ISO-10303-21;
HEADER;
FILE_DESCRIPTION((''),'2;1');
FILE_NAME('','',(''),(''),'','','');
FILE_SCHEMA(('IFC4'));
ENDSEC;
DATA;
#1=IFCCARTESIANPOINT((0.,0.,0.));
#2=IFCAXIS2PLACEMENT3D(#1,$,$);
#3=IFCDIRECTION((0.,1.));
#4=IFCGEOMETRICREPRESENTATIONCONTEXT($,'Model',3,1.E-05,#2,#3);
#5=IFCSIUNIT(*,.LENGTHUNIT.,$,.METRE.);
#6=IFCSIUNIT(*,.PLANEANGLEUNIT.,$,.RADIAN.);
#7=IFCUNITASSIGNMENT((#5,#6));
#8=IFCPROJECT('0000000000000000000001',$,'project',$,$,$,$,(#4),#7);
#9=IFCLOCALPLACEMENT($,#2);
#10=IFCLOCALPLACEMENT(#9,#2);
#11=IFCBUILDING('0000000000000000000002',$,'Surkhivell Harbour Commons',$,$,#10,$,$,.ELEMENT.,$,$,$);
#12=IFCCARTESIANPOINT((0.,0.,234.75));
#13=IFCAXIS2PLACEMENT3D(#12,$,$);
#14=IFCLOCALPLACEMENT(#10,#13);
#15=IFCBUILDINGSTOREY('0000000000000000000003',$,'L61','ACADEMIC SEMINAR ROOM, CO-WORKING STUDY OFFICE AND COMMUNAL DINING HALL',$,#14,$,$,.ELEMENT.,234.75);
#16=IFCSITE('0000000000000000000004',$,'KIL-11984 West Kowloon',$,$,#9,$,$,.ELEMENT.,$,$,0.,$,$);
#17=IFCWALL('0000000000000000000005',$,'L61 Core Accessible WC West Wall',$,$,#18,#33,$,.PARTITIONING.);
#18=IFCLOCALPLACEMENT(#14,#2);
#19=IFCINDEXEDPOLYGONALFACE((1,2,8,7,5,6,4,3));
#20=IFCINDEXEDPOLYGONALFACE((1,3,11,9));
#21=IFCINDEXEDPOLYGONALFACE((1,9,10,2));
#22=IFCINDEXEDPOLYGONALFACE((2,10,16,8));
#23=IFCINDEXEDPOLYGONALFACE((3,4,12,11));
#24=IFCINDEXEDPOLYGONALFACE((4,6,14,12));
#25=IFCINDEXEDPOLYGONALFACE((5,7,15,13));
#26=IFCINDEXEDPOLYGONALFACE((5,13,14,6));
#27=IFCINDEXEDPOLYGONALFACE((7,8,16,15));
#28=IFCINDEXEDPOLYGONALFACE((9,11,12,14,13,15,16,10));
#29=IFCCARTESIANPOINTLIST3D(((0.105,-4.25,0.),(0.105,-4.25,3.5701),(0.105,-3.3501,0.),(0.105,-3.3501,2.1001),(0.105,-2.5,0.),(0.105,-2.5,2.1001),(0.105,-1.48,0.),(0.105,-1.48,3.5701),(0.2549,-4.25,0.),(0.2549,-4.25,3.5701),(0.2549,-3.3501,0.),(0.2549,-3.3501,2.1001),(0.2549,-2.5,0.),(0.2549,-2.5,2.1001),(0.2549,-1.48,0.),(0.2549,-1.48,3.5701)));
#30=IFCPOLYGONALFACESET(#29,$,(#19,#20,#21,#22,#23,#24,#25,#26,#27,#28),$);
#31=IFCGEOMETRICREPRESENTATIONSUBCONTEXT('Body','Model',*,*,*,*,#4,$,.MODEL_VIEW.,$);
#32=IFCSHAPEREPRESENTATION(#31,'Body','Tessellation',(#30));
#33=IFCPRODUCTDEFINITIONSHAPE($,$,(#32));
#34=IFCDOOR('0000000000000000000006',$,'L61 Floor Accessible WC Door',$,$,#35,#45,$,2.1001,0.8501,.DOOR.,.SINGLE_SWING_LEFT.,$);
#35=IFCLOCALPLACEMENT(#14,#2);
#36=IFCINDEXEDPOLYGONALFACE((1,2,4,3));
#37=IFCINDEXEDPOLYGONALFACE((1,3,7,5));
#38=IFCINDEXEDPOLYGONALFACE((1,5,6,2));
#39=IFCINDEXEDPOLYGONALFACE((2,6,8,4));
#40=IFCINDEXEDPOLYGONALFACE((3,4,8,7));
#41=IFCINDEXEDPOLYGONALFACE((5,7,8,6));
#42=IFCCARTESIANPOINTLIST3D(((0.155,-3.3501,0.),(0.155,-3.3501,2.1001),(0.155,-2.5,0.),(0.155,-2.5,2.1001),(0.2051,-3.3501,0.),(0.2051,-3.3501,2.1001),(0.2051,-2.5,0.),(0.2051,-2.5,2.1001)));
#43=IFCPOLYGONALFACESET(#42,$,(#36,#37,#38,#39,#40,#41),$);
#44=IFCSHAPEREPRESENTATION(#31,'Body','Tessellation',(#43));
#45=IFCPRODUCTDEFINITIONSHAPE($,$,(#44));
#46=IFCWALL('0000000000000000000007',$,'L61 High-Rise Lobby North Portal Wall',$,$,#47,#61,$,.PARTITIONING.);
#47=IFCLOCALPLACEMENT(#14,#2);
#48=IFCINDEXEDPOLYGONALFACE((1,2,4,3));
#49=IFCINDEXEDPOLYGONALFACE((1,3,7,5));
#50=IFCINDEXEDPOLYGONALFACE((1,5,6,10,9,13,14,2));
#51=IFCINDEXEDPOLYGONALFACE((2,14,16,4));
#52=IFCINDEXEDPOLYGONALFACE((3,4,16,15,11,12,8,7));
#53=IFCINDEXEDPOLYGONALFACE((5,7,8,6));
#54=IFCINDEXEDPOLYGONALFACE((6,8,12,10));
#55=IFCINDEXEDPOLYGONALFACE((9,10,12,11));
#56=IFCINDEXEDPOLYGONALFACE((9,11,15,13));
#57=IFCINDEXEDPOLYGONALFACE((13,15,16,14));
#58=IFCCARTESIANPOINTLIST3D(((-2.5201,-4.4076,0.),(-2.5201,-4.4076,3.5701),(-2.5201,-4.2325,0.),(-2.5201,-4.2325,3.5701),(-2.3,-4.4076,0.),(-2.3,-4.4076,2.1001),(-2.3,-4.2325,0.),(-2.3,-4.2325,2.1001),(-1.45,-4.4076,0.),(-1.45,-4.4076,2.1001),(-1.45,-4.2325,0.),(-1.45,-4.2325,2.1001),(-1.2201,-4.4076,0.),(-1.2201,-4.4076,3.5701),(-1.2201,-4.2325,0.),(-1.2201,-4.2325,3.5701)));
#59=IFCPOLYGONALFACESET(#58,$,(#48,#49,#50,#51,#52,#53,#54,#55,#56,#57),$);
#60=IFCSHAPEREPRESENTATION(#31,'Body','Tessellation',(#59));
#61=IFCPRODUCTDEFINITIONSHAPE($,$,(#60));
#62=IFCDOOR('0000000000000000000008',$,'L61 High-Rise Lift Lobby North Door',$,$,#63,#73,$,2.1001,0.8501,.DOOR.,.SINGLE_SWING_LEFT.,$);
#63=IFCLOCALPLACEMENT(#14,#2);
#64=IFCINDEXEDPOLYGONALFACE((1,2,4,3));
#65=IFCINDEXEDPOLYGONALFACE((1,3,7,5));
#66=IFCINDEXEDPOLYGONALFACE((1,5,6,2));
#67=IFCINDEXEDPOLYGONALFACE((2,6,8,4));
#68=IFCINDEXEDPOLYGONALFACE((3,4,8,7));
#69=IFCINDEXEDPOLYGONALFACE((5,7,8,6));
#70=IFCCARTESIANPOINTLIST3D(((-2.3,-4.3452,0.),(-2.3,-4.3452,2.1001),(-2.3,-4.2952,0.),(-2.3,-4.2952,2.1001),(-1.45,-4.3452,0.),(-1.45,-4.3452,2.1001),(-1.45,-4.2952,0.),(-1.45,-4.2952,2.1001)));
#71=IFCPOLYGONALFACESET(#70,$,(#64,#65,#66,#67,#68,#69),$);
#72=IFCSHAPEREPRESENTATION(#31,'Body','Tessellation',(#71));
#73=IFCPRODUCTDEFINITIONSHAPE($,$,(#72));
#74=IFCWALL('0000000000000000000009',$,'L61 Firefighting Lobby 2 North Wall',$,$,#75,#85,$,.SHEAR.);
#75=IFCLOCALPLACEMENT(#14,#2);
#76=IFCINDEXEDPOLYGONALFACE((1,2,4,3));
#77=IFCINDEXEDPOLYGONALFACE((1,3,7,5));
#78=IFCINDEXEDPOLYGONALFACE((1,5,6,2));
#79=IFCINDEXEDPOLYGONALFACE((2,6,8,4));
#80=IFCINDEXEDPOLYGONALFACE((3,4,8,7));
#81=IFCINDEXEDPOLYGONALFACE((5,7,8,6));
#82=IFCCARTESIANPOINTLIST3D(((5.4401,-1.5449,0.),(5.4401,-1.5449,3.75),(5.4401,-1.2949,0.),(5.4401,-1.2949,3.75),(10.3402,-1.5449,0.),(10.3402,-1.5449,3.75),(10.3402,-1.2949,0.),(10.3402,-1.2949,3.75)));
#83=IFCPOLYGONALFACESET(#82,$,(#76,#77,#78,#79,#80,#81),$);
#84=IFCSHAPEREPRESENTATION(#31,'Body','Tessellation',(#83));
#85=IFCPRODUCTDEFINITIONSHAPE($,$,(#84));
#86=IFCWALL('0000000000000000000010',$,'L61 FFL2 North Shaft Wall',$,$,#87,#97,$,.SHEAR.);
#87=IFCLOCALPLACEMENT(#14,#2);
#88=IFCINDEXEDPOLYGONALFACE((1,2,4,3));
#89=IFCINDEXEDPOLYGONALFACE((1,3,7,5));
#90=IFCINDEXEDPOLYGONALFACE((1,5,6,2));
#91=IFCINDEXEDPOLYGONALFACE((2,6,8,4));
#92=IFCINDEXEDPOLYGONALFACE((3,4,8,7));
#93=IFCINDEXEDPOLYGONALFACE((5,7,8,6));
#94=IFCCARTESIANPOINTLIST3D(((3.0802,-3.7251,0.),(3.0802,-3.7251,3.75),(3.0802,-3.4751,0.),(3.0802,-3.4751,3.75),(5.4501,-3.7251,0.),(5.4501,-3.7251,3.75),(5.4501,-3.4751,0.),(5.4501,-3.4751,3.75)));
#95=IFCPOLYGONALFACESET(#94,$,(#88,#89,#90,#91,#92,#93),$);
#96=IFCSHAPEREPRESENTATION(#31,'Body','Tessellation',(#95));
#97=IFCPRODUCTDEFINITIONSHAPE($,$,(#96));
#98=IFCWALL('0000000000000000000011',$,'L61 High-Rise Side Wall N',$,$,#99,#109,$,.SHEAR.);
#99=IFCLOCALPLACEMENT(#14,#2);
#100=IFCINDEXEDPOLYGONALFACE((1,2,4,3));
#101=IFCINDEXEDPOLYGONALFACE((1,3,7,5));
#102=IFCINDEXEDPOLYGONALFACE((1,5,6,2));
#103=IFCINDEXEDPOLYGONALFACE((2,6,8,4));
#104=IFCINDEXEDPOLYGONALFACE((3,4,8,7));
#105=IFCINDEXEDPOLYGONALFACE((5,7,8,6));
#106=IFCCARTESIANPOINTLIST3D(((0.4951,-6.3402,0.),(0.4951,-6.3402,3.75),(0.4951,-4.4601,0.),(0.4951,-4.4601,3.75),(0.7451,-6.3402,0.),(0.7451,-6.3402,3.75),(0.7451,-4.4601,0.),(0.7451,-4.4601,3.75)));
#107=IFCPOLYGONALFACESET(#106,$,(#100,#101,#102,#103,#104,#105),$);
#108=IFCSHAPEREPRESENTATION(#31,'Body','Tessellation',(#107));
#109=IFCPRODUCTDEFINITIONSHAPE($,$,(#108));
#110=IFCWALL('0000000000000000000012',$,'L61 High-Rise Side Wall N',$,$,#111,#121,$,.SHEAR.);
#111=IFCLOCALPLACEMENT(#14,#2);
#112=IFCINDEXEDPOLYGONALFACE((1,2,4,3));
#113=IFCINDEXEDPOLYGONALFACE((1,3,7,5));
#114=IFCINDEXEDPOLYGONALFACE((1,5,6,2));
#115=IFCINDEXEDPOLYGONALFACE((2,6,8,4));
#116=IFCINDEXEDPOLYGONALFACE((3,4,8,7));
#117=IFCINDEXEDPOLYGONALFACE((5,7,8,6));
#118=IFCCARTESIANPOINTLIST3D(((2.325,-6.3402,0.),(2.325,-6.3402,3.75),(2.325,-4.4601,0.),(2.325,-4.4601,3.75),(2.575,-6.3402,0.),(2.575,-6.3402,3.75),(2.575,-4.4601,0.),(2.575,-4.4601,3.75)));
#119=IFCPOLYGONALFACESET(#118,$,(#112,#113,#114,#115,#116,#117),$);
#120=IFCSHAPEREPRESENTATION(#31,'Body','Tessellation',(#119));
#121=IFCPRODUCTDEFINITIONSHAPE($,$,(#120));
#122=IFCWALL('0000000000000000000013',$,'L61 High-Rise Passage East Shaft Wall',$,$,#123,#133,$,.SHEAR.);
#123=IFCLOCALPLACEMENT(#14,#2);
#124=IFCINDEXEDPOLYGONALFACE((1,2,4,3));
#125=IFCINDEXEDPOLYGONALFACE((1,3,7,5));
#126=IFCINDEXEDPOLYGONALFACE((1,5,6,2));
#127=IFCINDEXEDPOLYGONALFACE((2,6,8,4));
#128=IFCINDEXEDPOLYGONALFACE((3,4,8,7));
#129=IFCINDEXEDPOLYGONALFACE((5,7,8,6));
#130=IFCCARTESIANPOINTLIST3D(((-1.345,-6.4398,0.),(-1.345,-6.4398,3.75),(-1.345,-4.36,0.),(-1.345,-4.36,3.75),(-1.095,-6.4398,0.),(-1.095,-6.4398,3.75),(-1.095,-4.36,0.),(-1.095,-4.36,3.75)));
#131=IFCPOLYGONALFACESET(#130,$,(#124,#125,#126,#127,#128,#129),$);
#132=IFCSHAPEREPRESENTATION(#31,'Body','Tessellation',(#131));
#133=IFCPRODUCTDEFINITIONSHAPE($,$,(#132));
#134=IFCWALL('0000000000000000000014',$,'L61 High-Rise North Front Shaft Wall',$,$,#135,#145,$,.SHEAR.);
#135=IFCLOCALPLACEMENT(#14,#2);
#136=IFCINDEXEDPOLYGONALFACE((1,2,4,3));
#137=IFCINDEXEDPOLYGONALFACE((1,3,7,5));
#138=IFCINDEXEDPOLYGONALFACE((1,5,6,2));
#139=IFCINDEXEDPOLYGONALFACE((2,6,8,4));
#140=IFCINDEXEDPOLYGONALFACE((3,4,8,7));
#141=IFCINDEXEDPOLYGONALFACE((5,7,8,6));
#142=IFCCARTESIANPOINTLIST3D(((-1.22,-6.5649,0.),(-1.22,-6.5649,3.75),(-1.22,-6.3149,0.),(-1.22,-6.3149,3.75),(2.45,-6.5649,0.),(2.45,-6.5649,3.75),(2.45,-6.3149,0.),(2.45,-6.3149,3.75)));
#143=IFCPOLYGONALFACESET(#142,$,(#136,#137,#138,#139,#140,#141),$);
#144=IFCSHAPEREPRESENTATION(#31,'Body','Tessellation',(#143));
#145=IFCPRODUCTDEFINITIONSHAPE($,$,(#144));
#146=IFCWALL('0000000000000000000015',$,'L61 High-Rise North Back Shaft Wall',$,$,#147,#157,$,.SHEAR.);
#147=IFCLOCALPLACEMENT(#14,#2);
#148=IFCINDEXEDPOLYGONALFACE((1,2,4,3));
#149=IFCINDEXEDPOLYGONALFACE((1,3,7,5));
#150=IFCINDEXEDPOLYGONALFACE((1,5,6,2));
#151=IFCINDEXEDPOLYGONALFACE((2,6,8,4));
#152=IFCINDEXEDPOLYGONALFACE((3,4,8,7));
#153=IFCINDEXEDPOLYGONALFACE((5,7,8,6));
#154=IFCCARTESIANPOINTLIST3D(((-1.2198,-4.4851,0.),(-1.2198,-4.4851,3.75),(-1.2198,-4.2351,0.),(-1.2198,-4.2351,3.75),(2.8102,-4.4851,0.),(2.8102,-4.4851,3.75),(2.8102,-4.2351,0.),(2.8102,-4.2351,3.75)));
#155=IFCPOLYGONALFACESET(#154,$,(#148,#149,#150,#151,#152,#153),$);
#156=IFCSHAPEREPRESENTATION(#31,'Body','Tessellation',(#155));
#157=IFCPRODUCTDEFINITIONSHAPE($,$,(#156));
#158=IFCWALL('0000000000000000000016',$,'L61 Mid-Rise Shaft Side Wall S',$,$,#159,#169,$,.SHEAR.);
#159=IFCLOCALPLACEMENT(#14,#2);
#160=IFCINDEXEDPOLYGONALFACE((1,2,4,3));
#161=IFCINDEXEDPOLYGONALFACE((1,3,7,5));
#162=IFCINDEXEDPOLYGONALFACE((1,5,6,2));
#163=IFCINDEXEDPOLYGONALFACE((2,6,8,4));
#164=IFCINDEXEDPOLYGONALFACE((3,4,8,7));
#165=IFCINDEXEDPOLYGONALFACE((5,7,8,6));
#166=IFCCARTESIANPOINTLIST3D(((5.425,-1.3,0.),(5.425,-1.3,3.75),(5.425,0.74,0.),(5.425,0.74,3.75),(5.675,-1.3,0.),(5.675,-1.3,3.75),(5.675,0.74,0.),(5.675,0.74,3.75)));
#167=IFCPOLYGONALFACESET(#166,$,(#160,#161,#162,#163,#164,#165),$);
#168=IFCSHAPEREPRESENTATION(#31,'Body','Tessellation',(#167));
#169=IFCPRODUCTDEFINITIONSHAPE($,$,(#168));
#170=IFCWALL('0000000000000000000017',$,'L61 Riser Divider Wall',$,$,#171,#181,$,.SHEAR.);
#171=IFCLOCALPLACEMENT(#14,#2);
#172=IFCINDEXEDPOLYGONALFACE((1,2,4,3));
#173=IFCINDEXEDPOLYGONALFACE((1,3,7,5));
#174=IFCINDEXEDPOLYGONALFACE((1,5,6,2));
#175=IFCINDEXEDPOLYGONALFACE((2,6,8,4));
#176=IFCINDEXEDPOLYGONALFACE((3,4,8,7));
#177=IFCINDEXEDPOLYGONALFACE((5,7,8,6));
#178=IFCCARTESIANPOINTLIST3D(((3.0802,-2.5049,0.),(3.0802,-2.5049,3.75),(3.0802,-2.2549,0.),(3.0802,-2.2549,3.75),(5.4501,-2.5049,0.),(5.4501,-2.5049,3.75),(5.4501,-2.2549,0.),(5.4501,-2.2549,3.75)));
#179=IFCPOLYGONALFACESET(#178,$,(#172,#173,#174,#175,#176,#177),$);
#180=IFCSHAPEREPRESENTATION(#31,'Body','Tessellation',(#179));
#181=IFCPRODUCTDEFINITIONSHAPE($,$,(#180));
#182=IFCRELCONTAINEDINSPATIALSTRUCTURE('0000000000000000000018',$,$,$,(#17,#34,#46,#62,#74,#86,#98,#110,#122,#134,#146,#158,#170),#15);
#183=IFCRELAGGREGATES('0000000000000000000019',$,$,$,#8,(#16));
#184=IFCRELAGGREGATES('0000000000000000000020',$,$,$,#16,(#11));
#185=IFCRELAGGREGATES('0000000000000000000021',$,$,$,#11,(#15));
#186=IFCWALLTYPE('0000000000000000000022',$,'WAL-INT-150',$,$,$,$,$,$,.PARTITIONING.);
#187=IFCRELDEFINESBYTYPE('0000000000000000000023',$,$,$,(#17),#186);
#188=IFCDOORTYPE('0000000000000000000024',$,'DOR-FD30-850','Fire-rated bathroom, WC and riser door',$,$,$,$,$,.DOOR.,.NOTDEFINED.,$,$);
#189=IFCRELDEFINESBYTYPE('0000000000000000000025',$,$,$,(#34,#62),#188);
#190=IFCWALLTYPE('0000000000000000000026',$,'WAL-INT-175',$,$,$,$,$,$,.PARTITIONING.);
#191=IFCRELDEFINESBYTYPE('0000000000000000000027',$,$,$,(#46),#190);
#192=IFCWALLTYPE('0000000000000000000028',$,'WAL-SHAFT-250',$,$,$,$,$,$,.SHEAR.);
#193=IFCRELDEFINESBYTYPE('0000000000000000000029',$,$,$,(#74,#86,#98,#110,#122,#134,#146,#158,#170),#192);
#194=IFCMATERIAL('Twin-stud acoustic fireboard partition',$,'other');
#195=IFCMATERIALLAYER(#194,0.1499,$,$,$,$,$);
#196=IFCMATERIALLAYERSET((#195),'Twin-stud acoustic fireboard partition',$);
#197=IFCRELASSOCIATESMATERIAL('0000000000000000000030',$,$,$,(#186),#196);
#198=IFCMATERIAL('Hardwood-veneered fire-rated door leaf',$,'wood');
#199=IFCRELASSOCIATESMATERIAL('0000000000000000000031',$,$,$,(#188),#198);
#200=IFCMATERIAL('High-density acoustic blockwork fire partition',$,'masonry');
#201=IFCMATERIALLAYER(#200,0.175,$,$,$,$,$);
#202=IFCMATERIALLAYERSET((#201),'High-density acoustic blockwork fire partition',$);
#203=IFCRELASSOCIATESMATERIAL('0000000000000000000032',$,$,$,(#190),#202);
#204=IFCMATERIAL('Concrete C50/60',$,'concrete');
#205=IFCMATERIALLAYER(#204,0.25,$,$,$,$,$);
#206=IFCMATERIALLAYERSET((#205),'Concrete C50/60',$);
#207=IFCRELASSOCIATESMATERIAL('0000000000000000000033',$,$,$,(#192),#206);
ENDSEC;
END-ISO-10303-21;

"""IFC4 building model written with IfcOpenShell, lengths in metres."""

from ifc_helpers import new_model, si_unit, direction, frame, frame_2d, origin, place, context, subcontext, project, spatial, rectangle, extrude, material, layer, layer_set, type_object, element, fill, save


model = new_model("IFC4")

# Units and contexts
model_context = context("Model", 3, precision=1e-05, world=origin(), true_north=direction((0.0, 1.0)))
body_context = subcontext(model_context, "Body", "Model", "MODEL_VIEW")
ifc_project = project(units=[si_unit("LENGTHUNIT", "METRE"), si_unit("PLANEANGLEUNIT", "RADIAN")], contexts=[model_context])

# Site, building, storey
site_placement = place(None, origin())
site = spatial("IfcSite", under=ifc_project, at=site_placement, Name="KIL-11984 West Kowloon", CompositionType="ELEMENT", RefElevation=0.0)
building_placement = place(site_placement, origin())
building = spatial("IfcBuilding", under=site, at=building_placement, Name="Surkhivell Harbour Commons", CompositionType="ELEMENT")
storey_placement = place(building_placement, frame((0.0, 0.0, 234.75)))
storey = spatial("IfcBuildingStorey", under=building, at=storey_placement, Name="L61", Description="ACADEMIC SEMINAR ROOM, CO-WORKING STUDY OFFICE AND COMMUNAL DINING HALL", CompositionType="ELEMENT", Elevation=234.75)

# Shared definitions
ifc_material_1 = material(Name="Twin-stud acoustic fireboard partition", Category="other")
ifc_layer_1 = layer(ifc_material_1, 0.1499)
ifc_layer_set_1 = layer_set([ifc_layer_1], Name="Twin-stud acoustic fireboard partition")
wall_type_1 = type_object("IfcWallType", Name="WAL-INT-150", PredefinedType="PARTITIONING", material=ifc_layer_set_1)

# Walls, openings, doors
wall_1_placement = place(storey_placement, frame((0.1799, -4.25, 0.0), z_axis=(0.0, 0.0, 1.0), x_axis=(0.0, 1.0, 0.0)))
wall_1 = element("IfcWall", 1, at=wall_1_placement, inside=storey, type_object=wall_type_1, Name="L61 Core Accessible WC West Wall", PredefinedType="PARTITIONING", context=body_context, shape_type="SweptSolid", body=[
    extrude(rectangle(XDim=2.77, YDim=0.1499, at=frame_2d((1.385, 0.0))), origin(), (0.0, 0.0, 1.0), 3.5701),
])
opening_1_placement = place(wall_1_placement, frame((0.8999, 0.0, 0.0)))
opening_1 = element("IfcOpeningElement", 2, at=opening_1_placement, cuts=wall_1, PredefinedType="OPENING", context=body_context, shape_type="SweptSolid", body=[
    extrude(rectangle(XDim=0.8501, YDim=2.1001, at=frame_2d((0.425, 1.05))), frame((0.0, 0.085, 0.0), z_axis=(0.0, -1.0, 0.0), x_axis=(1.0, 0.0, 0.0)), (0.0, 0.0, 1.0), 0.1699),
])
ifc_material_2 = material(Name="Hardwood-veneered fire-rated door leaf", Category="wood")
door_type = type_object("IfcDoorType", Name="DOR-FD30-850", Description="Fire-rated bathroom, WC and riser door", OperationType="NOTDEFINED", PredefinedType="DOOR", material=ifc_material_2)
door_1_placement = place(opening_1_placement, origin())
door_1 = element("IfcDoor", 3, at=door_1_placement, inside=storey, type_object=door_type, Name="L61 Floor Accessible WC Door", OperationType="SINGLE_SWING_LEFT", OverallHeight=2.1001, OverallWidth=0.8501, PredefinedType="DOOR", context=body_context, shape_type="SweptSolid", body=[
    extrude(rectangle(XDim=0.8501, YDim=2.1001, at=frame_2d((0.425, 1.05))), frame((0.0, 0.0249, 0.0), z_axis=(0.0, -1.0, 0.0), x_axis=(1.0, 0.0, 0.0)), (0.0, 0.0, 1.0), 0.05),
])
fill(opening_1, door_1)
ifc_material_3 = material(Name="High-density acoustic blockwork fire partition", Category="masonry")
ifc_layer_2 = layer(ifc_material_3, 0.175)
ifc_layer_set_2 = layer_set([ifc_layer_2], Name="High-density acoustic blockwork fire partition")
wall_type_2 = type_object("IfcWallType", Name="WAL-INT-175", PredefinedType="PARTITIONING", material=ifc_layer_set_2)
wall_2_placement = place(storey_placement, frame((-2.52, -4.3201, 0.0), z_axis=(0.0, 0.0, 1.0), x_axis=(1.0, 0.0, 0.0)))
wall_2 = element("IfcWall", 4, at=wall_2_placement, inside=storey, type_object=wall_type_2, Name="L61 High-Rise Lobby North Portal Wall", PredefinedType="PARTITIONING", context=body_context, shape_type="SweptSolid", body=[
    extrude(rectangle(XDim=1.3, YDim=0.175, at=frame_2d((0.6499, 0.0))), origin(), (0.0, 0.0, 1.0), 3.5701),
])
opening_2_placement = place(wall_2_placement, frame((0.22, 0.0, 0.0)))
opening_2 = element("IfcOpeningElement", 5, at=opening_2_placement, cuts=wall_2, PredefinedType="OPENING", context=body_context, shape_type="SweptSolid", body=[
    extrude(rectangle(XDim=0.8501, YDim=2.1001, at=frame_2d((0.425, 1.05))), frame((0.0, 0.0974, 0.0), z_axis=(0.0, -1.0, 0.0), x_axis=(1.0, 0.0, 0.0)), (0.0, 0.0, 1.0), 0.1951),
])
door_2_placement = place(opening_2_placement, origin())
door_2 = element("IfcDoor", 6, at=door_2_placement, inside=storey, type_object=door_type, Name="L61 High-Rise Lift Lobby North Door", OperationType="SINGLE_SWING_LEFT", OverallHeight=2.1001, OverallWidth=0.8501, PredefinedType="DOOR", context=body_context, shape_type="SweptSolid", body=[
    extrude(rectangle(XDim=0.8501, YDim=2.1001, at=frame_2d((0.425, 1.05))), frame((0.0, 0.0249, 0.0), z_axis=(0.0, -1.0, 0.0), x_axis=(1.0, 0.0, 0.0)), (0.0, 0.0, 1.0), 0.05),
])
fill(opening_2, door_2)

# Walls
ifc_material_4 = material(Name="Concrete C50/60", Category="concrete")
ifc_layer_3 = layer(ifc_material_4, 0.25)
ifc_layer_set_3 = layer_set([ifc_layer_3], Name="Concrete C50/60")
wall_type_3 = type_object("IfcWallType", Name="WAL-SHAFT-250", PredefinedType="SHEAR", material=ifc_layer_set_3)
wall_3_placement = place(storey_placement, frame((5.4399, -1.4199, 0.0), z_axis=(0.0, 0.0, 1.0), x_axis=(1.0, 0.0, 0.0)))
element("IfcWall", 7, at=wall_3_placement, inside=storey, type_object=wall_type_3, Name="L61 Firefighting Lobby 2 North Wall", PredefinedType="SHEAR", context=body_context, shape_type="SweptSolid", body=[
    extrude(rectangle(XDim=4.9001, YDim=0.25, at=frame_2d((2.4502, 0.0))), origin(), (0.0, 0.0, 1.0), 3.75),
])
wall_4_placement = place(storey_placement, frame((3.0801, -3.6001, 0.0), z_axis=(0.0, 0.0, 1.0), x_axis=(1.0, 0.0, 0.0)))
element("IfcWall", 8, at=wall_4_placement, inside=storey, type_object=wall_type_3, Name="L61 FFL2 North Shaft Wall", PredefinedType="SHEAR", context=body_context, shape_type="SweptSolid", body=[
    extrude(rectangle(XDim=2.3699, YDim=0.25, at=frame_2d((1.1851, 0.0))), origin(), (0.0, 0.0, 1.0), 3.75),
])
for number, where, z_axis, x_axis, name in (
    (9, (0.6201, -6.3401, 0.0), (0.0, 0.0, 1.0), (0.0, 1.0, 0.0), "L61 High-Rise Side Wall N"),
    (10, (2.45, -6.3401, 0.0), (0.0, 0.0, 1.0), (0.0, 1.0, 0.0), "L61 High-Rise Side Wall N"),
):
    element("IfcWall", number, at=place(storey_placement, frame(where, z_axis=z_axis, x_axis=x_axis)), inside=storey, type_object=wall_type_3, Name=name, PredefinedType="SHEAR", context=body_context, shape_type="SweptSolid", body=[
        extrude(rectangle(XDim=1.8801, YDim=0.25, at=frame_2d((0.9399, 0.0))), origin(), (0.0, 0.0, 1.0), 3.75),
    ])
wall_5_placement = place(storey_placement, frame((-1.22, -6.4399, 0.0), z_axis=(0.0, 0.0, 1.0), x_axis=(0.0, 1.0, 0.0)))
element("IfcWall", 11, at=wall_5_placement, inside=storey, type_object=wall_type_3, Name="L61 High-Rise Passage East Shaft Wall", PredefinedType="SHEAR", context=body_context, shape_type="SweptSolid", body=[
    extrude(rectangle(XDim=2.0798, YDim=0.25, at=frame_2d((1.04, 0.0))), origin(), (0.0, 0.0, 1.0), 3.75),
])
wall_6_placement = place(storey_placement, frame((-1.22, -6.4399, 0.0), z_axis=(0.0, 0.0, 1.0), x_axis=(1.0, 0.0, 0.0)))
element("IfcWall", 12, at=wall_6_placement, inside=storey, type_object=wall_type_3, Name="L61 High-Rise North Front Shaft Wall", PredefinedType="SHEAR", context=body_context, shape_type="SweptSolid", body=[
    extrude(rectangle(XDim=3.6699, YDim=0.25, at=frame_2d((1.835, 0.0))), origin(), (0.0, 0.0, 1.0), 3.75),
])
wall_7_placement = place(storey_placement, frame((-1.22, -4.3601, 0.0), z_axis=(0.0, 0.0, 1.0), x_axis=(1.0, 0.0, 0.0)))
element("IfcWall", 13, at=wall_7_placement, inside=storey, type_object=wall_type_3, Name="L61 High-Rise North Back Shaft Wall", PredefinedType="SHEAR", context=body_context, shape_type="SweptSolid", body=[
    extrude(rectangle(XDim=4.03, YDim=0.25, at=frame_2d((2.0151, 0.0))), origin(), (0.0, 0.0, 1.0), 3.75),
])
wall_8_placement = place(storey_placement, frame((5.55, -1.3, 0.0), z_axis=(0.0, 0.0, 1.0), x_axis=(0.0, 1.0, 0.0)))
element("IfcWall", 14, at=wall_8_placement, inside=storey, type_object=wall_type_3, Name="L61 Mid-Rise Shaft Side Wall S", PredefinedType="SHEAR", context=body_context, shape_type="SweptSolid", body=[
    extrude(rectangle(XDim=2.04, YDim=0.25, at=frame_2d((1.02, 0.0))), origin(), (0.0, 0.0, 1.0), 3.75),
])
for number, where, z_axis, x_axis, name in (
    (15, (3.0801, -2.3799, 0.0), (0.0, 0.0, 1.0), (1.0, 0.0, 0.0), "L61 Riser Divider Wall"),
):
    element("IfcWall", number, at=place(storey_placement, frame(where, z_axis=z_axis, x_axis=x_axis)), inside=storey, type_object=wall_type_3, Name=name, PredefinedType="SHEAR", context=body_context, shape_type="SweptSolid", body=[
        extrude(rectangle(XDim=2.3699, YDim=0.25, at=frame_2d((1.1851, 0.0))), origin(), (0.0, 0.0, 1.0), 3.75),
    ])

save(model, "model.ifc")
